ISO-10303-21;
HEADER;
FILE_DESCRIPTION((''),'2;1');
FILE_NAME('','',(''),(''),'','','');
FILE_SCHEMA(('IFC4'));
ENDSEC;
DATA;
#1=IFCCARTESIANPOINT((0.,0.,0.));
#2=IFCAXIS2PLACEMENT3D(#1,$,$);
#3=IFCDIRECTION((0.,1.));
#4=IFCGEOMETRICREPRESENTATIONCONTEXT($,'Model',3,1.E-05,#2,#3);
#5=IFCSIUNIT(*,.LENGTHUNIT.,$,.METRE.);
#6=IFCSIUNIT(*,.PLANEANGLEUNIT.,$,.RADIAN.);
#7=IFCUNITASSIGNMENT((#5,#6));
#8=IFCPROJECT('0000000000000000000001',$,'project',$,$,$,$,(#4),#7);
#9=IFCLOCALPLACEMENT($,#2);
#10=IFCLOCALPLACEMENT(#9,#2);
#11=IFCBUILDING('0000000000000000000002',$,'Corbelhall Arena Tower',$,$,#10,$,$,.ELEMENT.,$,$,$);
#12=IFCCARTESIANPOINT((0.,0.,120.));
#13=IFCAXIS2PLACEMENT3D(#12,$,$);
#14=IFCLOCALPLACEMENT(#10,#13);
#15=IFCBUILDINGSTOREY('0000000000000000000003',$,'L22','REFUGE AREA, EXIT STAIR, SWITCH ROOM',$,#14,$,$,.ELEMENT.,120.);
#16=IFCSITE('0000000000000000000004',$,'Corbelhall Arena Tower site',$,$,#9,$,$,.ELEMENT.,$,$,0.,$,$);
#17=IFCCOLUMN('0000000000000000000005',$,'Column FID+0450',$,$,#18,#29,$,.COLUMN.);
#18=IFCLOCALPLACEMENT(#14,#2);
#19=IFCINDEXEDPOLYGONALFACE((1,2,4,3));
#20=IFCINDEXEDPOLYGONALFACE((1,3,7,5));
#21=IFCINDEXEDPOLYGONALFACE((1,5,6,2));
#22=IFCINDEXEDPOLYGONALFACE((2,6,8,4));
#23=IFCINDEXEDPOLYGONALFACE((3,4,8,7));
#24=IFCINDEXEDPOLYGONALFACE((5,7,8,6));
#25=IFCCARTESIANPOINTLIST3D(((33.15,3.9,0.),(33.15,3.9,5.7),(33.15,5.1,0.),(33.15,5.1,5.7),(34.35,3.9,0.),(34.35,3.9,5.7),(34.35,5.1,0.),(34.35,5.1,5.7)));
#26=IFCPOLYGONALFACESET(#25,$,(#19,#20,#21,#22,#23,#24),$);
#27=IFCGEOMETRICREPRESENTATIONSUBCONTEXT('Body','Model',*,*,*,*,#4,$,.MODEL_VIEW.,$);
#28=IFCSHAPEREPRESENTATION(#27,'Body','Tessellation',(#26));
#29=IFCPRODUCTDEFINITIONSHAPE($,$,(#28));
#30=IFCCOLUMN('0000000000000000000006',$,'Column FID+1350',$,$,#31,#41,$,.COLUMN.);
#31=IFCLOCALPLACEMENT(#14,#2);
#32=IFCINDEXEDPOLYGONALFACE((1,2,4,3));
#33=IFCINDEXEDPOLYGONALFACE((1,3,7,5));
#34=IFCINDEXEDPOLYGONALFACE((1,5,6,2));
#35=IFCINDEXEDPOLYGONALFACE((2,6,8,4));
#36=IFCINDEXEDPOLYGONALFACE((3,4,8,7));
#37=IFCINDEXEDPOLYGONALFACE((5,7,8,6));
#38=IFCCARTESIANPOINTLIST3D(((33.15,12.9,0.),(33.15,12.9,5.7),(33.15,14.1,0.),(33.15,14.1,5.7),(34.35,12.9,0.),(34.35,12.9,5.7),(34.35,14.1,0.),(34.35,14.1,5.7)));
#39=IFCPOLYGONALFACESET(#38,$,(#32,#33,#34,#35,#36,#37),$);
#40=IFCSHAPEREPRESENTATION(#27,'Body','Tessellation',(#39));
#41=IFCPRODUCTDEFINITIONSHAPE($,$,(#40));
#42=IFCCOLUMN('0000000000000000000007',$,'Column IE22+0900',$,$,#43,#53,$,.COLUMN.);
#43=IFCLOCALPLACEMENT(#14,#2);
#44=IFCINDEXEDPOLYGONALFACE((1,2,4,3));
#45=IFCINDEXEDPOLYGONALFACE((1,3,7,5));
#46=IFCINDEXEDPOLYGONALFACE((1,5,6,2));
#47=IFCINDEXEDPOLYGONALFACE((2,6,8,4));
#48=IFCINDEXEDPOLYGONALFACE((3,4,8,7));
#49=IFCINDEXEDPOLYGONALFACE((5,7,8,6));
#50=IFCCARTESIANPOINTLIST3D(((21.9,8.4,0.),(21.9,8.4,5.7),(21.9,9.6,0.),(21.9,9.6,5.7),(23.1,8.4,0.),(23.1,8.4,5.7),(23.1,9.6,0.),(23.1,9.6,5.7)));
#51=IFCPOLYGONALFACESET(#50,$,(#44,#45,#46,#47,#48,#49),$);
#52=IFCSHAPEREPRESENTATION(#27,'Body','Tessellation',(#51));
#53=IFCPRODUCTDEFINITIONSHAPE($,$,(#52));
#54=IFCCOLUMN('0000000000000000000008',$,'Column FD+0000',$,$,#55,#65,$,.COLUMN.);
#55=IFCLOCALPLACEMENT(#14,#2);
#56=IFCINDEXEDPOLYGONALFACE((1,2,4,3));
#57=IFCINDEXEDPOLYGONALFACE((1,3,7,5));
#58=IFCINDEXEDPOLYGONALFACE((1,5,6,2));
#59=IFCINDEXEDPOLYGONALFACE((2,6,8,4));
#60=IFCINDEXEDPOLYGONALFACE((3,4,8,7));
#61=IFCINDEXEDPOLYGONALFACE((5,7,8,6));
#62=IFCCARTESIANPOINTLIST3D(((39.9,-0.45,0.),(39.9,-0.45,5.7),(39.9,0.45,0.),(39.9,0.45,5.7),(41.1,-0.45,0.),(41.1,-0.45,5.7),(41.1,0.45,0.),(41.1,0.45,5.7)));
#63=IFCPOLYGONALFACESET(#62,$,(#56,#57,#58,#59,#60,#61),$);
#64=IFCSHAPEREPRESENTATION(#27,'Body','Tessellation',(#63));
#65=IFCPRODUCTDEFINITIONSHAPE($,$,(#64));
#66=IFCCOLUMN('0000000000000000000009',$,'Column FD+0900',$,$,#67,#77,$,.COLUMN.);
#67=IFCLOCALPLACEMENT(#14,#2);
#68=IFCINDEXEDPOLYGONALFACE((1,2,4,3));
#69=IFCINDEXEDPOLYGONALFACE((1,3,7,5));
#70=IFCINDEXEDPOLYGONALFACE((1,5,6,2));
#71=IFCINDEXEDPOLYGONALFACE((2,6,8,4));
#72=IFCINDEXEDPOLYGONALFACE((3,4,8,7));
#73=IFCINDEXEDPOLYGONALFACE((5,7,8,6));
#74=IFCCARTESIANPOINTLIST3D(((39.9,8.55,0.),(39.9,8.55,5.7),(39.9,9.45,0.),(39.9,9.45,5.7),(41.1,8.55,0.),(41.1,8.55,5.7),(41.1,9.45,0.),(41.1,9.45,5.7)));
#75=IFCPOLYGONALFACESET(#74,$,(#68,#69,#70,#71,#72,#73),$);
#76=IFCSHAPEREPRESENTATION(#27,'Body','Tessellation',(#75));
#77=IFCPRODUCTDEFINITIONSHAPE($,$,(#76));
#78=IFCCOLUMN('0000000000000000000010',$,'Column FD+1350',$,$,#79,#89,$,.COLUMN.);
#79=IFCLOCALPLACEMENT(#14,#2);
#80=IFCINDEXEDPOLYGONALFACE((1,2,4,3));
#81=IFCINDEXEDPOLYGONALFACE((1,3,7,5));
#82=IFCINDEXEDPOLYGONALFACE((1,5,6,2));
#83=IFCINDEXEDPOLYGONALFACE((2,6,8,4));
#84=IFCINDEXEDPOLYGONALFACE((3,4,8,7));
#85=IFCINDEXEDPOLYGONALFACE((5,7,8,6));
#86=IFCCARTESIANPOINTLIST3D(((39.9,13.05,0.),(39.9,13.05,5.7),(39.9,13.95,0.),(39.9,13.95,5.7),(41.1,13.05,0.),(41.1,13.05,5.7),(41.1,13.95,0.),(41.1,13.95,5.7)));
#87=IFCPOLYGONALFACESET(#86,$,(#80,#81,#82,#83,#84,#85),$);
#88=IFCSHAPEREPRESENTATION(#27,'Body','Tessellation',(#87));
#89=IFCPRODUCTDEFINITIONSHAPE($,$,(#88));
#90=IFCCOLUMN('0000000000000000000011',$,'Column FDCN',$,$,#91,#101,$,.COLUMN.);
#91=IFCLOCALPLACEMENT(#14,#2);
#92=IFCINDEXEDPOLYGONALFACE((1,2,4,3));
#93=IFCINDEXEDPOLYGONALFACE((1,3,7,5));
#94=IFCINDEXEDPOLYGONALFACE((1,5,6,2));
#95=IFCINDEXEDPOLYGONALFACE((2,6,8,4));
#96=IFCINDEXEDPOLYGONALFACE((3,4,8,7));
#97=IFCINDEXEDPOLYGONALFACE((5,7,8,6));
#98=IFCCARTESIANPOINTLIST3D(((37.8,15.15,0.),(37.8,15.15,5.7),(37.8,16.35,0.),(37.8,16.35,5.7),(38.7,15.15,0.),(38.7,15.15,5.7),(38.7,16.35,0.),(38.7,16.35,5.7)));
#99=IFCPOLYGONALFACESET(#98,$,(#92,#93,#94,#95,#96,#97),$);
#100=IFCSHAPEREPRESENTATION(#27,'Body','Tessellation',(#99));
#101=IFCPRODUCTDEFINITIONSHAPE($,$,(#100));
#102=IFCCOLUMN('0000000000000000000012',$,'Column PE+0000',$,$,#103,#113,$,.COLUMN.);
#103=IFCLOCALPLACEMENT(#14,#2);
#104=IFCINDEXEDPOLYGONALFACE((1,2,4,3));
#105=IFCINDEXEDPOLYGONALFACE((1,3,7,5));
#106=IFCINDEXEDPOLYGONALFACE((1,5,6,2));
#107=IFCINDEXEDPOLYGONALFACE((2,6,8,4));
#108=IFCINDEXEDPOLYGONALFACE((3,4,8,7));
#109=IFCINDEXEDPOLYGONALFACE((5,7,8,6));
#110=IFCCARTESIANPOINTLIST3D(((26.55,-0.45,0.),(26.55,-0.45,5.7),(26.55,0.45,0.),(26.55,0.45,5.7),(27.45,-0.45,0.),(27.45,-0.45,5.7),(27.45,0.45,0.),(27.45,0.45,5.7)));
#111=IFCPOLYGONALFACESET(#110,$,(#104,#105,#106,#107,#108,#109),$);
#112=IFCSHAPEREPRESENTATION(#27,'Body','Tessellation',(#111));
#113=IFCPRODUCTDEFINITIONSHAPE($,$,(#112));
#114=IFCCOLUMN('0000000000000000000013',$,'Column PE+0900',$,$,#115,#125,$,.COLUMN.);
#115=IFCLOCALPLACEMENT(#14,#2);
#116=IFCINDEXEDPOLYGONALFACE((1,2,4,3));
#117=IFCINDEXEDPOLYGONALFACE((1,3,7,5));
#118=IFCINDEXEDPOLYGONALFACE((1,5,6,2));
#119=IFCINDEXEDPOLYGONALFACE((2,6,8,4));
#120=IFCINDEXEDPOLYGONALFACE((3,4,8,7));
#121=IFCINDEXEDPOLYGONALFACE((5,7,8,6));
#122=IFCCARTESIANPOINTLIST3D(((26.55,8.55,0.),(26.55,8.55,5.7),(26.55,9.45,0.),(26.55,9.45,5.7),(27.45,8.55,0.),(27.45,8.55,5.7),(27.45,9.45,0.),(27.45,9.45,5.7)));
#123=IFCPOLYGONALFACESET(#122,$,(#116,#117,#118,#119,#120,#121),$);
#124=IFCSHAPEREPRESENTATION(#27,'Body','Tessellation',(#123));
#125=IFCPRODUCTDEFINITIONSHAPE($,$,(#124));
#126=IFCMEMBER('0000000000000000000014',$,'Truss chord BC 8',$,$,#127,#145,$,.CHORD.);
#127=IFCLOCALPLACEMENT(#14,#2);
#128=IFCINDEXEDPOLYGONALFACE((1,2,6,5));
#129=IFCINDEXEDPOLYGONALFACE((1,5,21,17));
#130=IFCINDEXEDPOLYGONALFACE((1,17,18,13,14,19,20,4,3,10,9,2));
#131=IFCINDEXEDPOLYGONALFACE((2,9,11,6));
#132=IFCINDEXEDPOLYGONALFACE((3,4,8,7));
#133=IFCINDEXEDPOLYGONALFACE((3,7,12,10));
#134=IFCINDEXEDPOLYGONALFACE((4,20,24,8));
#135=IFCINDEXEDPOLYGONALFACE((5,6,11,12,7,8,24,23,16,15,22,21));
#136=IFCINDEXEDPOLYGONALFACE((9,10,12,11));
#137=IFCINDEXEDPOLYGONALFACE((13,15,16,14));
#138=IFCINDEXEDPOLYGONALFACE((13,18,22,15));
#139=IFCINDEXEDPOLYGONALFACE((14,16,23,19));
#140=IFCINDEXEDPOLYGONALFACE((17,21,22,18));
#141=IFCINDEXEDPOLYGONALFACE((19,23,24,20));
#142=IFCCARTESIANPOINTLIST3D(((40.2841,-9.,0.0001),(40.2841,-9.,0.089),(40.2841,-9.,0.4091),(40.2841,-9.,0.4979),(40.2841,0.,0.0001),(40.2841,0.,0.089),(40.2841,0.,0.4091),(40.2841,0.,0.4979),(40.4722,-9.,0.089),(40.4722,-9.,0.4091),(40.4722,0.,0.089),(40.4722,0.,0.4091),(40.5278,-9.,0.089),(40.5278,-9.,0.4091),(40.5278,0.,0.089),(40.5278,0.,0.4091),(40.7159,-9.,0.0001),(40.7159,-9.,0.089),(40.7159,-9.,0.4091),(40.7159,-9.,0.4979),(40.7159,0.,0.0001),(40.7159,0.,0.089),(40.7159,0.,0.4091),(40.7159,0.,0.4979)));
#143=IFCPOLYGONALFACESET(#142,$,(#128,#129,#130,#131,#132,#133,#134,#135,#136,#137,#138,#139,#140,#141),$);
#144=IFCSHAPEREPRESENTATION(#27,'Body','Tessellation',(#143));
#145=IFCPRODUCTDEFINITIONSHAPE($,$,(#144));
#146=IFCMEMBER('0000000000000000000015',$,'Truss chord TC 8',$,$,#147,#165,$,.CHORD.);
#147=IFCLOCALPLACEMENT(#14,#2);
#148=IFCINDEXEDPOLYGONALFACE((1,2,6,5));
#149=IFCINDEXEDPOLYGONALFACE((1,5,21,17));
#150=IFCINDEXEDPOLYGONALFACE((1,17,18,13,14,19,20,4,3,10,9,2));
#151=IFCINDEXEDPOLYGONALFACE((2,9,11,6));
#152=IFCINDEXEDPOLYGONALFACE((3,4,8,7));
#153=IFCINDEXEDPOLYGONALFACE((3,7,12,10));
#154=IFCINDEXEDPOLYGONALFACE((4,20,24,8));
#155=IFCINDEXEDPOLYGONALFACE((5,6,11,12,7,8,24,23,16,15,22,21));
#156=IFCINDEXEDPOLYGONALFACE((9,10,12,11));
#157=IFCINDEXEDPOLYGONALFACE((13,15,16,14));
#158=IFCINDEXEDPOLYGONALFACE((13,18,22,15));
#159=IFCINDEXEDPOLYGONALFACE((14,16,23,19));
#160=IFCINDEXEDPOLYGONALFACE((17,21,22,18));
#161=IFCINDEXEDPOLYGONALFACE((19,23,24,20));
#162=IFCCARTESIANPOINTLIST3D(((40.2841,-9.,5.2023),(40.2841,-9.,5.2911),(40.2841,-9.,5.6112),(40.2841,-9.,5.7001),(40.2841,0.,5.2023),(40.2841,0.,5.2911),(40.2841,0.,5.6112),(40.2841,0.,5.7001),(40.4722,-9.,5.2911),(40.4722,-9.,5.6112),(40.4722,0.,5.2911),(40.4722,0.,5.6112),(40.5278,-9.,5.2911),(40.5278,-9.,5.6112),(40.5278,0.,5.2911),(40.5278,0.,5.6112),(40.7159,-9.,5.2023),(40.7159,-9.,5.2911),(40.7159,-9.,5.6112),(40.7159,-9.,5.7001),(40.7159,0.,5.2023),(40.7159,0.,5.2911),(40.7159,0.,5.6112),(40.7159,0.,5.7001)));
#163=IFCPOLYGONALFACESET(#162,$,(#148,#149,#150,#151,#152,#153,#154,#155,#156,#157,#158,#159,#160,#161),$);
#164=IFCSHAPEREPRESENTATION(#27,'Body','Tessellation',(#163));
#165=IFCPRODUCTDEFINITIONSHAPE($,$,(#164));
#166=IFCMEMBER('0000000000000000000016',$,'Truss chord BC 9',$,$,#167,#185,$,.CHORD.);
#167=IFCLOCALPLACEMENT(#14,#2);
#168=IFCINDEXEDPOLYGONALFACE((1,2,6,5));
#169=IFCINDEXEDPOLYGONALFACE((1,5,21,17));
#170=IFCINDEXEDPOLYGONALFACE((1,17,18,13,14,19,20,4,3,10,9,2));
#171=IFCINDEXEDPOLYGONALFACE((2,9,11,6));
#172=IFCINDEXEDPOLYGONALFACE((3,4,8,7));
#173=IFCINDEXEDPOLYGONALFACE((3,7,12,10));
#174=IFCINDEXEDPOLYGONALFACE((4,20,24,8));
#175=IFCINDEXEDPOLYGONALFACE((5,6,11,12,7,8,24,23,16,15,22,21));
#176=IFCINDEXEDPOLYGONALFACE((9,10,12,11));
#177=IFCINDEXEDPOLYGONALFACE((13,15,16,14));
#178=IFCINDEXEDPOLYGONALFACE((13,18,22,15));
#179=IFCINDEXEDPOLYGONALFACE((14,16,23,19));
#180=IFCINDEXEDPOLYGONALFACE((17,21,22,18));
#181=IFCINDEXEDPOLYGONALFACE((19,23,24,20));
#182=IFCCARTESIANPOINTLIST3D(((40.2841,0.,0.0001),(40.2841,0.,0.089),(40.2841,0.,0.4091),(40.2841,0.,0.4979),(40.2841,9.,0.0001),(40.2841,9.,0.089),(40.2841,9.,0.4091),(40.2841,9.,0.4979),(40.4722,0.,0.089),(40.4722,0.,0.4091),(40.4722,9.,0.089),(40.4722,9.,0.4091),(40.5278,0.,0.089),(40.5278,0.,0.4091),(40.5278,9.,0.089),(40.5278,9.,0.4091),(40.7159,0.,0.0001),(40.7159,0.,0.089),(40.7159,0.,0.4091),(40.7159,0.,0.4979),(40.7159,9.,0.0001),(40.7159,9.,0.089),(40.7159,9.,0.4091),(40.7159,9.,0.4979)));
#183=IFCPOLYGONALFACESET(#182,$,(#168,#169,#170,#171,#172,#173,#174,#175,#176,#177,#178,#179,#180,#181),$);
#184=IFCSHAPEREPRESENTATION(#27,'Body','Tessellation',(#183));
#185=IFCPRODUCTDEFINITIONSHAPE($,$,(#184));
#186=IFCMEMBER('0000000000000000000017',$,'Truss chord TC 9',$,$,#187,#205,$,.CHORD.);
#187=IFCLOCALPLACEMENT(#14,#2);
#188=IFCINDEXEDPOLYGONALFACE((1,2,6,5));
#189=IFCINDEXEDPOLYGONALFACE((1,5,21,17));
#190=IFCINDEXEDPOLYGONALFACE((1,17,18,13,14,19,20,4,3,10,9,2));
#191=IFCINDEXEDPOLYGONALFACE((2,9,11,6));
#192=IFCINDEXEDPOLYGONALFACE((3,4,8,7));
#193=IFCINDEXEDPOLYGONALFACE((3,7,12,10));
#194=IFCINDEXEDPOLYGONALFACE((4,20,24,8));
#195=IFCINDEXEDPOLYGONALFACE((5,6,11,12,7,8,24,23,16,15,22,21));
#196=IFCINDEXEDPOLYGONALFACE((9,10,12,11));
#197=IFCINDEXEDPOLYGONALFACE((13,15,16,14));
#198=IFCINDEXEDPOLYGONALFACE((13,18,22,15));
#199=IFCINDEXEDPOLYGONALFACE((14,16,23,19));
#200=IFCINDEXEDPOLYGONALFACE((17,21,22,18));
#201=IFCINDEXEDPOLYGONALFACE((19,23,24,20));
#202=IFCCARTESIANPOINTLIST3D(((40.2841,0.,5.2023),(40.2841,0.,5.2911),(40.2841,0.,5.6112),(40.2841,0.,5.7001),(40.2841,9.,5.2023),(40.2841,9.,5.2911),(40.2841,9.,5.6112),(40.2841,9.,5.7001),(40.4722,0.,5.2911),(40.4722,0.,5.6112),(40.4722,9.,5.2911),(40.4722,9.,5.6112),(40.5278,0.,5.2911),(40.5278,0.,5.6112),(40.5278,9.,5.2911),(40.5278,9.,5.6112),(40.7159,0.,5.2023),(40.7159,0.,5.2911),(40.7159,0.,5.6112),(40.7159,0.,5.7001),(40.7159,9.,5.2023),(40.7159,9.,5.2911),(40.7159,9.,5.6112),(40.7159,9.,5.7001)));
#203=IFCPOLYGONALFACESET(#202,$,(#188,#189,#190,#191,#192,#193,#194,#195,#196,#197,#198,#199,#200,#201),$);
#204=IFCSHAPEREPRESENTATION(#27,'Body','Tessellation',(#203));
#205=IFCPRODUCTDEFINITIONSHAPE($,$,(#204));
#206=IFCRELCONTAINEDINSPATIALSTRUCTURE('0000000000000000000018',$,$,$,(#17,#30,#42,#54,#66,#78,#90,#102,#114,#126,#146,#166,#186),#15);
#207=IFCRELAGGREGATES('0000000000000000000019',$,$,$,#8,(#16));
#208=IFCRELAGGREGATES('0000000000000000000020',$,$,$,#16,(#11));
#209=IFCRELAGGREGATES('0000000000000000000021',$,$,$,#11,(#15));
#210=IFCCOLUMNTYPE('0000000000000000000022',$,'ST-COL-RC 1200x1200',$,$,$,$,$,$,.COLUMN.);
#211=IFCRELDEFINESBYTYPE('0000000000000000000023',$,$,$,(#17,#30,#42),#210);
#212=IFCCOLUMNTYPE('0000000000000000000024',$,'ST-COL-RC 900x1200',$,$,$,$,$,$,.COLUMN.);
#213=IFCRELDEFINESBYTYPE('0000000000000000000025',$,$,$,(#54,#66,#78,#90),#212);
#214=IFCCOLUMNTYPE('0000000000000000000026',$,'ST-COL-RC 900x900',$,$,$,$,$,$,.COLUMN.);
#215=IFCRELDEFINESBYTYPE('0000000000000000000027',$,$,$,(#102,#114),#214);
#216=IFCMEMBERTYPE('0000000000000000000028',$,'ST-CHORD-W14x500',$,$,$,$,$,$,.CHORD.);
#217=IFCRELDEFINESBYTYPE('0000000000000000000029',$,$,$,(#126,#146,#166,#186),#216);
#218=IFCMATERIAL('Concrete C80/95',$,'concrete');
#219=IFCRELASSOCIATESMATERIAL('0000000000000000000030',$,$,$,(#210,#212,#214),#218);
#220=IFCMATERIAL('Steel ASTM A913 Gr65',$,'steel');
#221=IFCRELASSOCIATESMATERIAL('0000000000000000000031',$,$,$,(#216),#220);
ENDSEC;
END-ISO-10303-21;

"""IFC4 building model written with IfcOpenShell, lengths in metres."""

from ifc_helpers import new_model, si_unit, direction, frame, origin, origin_2d, place, context, subcontext, project, spatial, rectangle, i_section, extrude, material, material_profile, profile_set, type_object, element, save


model = new_model("IFC4")

# Units and contexts
model_context = context("Model", 3, precision=1e-05, world=origin(), true_north=direction((0.0, 1.0)))
body_context = subcontext(model_context, "Body", "Model", "MODEL_VIEW")
ifc_project = project(units=[si_unit("LENGTHUNIT", "METRE"), si_unit("PLANEANGLEUNIT", "RADIAN")], contexts=[model_context])

# Site, building, storey
site_placement = place(None, origin())
site = spatial("IfcSite", under=ifc_project, at=site_placement, Name="Corbelhall Arena Tower site", CompositionType="ELEMENT", RefElevation=0.0)
building_placement = place(site_placement, origin())
building = spatial("IfcBuilding", under=site, at=building_placement, Name="Corbelhall Arena Tower", CompositionType="ELEMENT")
storey_placement = place(building_placement, frame((0.0, 0.0, 120.0)))
storey = spatial("IfcBuildingStorey", under=building, at=storey_placement, Name="L22", Description="REFUGE AREA, EXIT STAIR, SWITCH ROOM", CompositionType="ELEMENT", Elevation=120.0)

# Columns
ifc_material_1 = material(Name="Concrete C80/95", Category="concrete")
ifc_material_profile_1 = material_profile(ifc_material_1, rectangle(XDim=1.2, YDim=1.2, at=origin_2d()))
ifc_profile_set_1 = profile_set([ifc_material_profile_1], Name="Concrete C80/95")
column_type_1 = type_object("IfcColumnType", Name="ST-COL-RC 1200x1200", PredefinedType="COLUMN", material=ifc_profile_set_1)
for number, where, z_axis, x_axis, name in (
    (1, (33.75, 4.5, 0.0), (0.0, 0.0, 1.0), (1.0, 0.0, 0.0), "Column FID+0450"),
    (2, (33.75, 13.5, 0.0), (0.0, 0.0, 1.0), (1.0, 0.0, 0.0), "Column FID+1350"),
    (3, (22.5, 9.0, 0.0), (0.0, 0.0, 1.0), (1.0, 0.0, 0.0), "Column IE22+0900"),
):
    element("IfcColumn", number, at=place(storey_placement, frame(where, z_axis=z_axis, x_axis=x_axis)), inside=storey, type_object=column_type_1, Name=name, PredefinedType="COLUMN", context=body_context, shape_type="SweptSolid", body=[
        extrude(rectangle(XDim=1.2, YDim=1.2, at=origin_2d()), origin(), (0.0, 0.0, 1.0), 5.7),
    ])
ifc_material_profile_2 = material_profile(ifc_material_1, rectangle(XDim=0.8999, YDim=1.2, at=origin_2d()))
ifc_profile_set_2 = profile_set([ifc_material_profile_2], Name="Concrete C80/95")
column_type_2 = type_object("IfcColumnType", Name="ST-COL-RC 900x1200", PredefinedType="COLUMN", material=ifc_profile_set_2)
for number, where, z_axis, x_axis, name in (
    (4, (40.5, 0.0, 0.0), (0.0, 0.0, 1.0), (0.0, 1.0, 0.0), "Column FD+0000"),
    (5, (40.5, 9.0, 0.0), (0.0, 0.0, 1.0), (0.0, 1.0, 0.0), "Column FD+0900"),
    (6, (40.5, 13.5, 0.0), (0.0, 0.0, 1.0), (0.0, 1.0, 0.0), "Column FD+1350"),
    (7, (38.25, 15.75, 0.0), (0.0, 0.0, 1.0), (1.0, 0.0, 0.0), "Column FDCN"),
):
    element("IfcColumn", number, at=place(storey_placement, frame(where, z_axis=z_axis, x_axis=x_axis)), inside=storey, type_object=column_type_2, Name=name, PredefinedType="COLUMN", context=body_context, shape_type="SweptSolid", body=[
        extrude(rectangle(XDim=0.8999, YDim=1.2, at=origin_2d()), origin(), (0.0, 0.0, 1.0), 5.7),
    ])
ifc_material_profile_3 = material_profile(ifc_material_1, rectangle(XDim=0.8999, YDim=0.8999, at=origin_2d()))
ifc_profile_set_3 = profile_set([ifc_material_profile_3], Name="Concrete C80/95")
column_type_3 = type_object("IfcColumnType", Name="ST-COL-RC 900x900", PredefinedType="COLUMN", material=ifc_profile_set_3)
for number, where, z_axis, x_axis, name in (
    (8, (27.0, 0.0, 0.0), (0.0, 0.0, 1.0), (1.0, 0.0, 0.0), "Column PE+0000"),
    (9, (27.0, 9.0, 0.0), (0.0, 0.0, 1.0), (1.0, 0.0, 0.0), "Column PE+0900"),
):
    element("IfcColumn", number, at=place(storey_placement, frame(where, z_axis=z_axis, x_axis=x_axis)), inside=storey, type_object=column_type_3, Name=name, PredefinedType="COLUMN", context=body_context, shape_type="SweptSolid", body=[
        extrude(rectangle(XDim=0.8999, YDim=0.8999, at=origin_2d()), origin(), (0.0, 0.0, 1.0), 5.7),
    ])

# Members
ifc_material_2 = material(Name="Steel ASTM A913 Gr65", Category="steel")
ifc_material_profile_4 = material_profile(ifc_material_2, i_section(OverallWidth=0.4319, OverallDepth=0.4978, WebThickness=0.0557, FlangeThickness=0.0889, at=origin_2d()))
ifc_profile_set_4 = profile_set([ifc_material_profile_4], Name="Steel ASTM A913 Gr65")
member_type_1 = type_object("IfcMemberType", Name="ST-CHORD-W14x500", PredefinedType="CHORD", material=ifc_profile_set_4)
for number, where, z_axis, x_axis, name in (
    (10, (40.5, 0.0, 0.249), (0.0, -1.0, 0.0), (1.0, 0.0, 0.0), "Truss chord BC 8"),
    (11, (40.5, 0.0, 5.4512), (0.0, -1.0, 0.0), (1.0, 0.0, 0.0), "Truss chord TC 8"),
    (12, (40.5, 9.0, 0.249), (0.0, -1.0, 0.0), (1.0, 0.0, 0.0), "Truss chord BC 9"),
    (13, (40.5, 9.0, 5.4512), (0.0, -1.0, 0.0), (1.0, 0.0, 0.0), "Truss chord TC 9"),
):
    element("IfcMember", number, at=place(storey_placement, frame(where, z_axis=z_axis, x_axis=x_axis)), inside=storey, type_object=member_type_1, Name=name, PredefinedType="CHORD", context=body_context, shape_type="SweptSolid", body=[
        extrude(i_section(OverallWidth=0.4319, OverallDepth=0.4978, WebThickness=0.0557, FlangeThickness=0.0889, at=origin_2d()), origin(), (0.0, 0.0, 1.0), 9.0),
    ])

save(model, "model.ifc")
